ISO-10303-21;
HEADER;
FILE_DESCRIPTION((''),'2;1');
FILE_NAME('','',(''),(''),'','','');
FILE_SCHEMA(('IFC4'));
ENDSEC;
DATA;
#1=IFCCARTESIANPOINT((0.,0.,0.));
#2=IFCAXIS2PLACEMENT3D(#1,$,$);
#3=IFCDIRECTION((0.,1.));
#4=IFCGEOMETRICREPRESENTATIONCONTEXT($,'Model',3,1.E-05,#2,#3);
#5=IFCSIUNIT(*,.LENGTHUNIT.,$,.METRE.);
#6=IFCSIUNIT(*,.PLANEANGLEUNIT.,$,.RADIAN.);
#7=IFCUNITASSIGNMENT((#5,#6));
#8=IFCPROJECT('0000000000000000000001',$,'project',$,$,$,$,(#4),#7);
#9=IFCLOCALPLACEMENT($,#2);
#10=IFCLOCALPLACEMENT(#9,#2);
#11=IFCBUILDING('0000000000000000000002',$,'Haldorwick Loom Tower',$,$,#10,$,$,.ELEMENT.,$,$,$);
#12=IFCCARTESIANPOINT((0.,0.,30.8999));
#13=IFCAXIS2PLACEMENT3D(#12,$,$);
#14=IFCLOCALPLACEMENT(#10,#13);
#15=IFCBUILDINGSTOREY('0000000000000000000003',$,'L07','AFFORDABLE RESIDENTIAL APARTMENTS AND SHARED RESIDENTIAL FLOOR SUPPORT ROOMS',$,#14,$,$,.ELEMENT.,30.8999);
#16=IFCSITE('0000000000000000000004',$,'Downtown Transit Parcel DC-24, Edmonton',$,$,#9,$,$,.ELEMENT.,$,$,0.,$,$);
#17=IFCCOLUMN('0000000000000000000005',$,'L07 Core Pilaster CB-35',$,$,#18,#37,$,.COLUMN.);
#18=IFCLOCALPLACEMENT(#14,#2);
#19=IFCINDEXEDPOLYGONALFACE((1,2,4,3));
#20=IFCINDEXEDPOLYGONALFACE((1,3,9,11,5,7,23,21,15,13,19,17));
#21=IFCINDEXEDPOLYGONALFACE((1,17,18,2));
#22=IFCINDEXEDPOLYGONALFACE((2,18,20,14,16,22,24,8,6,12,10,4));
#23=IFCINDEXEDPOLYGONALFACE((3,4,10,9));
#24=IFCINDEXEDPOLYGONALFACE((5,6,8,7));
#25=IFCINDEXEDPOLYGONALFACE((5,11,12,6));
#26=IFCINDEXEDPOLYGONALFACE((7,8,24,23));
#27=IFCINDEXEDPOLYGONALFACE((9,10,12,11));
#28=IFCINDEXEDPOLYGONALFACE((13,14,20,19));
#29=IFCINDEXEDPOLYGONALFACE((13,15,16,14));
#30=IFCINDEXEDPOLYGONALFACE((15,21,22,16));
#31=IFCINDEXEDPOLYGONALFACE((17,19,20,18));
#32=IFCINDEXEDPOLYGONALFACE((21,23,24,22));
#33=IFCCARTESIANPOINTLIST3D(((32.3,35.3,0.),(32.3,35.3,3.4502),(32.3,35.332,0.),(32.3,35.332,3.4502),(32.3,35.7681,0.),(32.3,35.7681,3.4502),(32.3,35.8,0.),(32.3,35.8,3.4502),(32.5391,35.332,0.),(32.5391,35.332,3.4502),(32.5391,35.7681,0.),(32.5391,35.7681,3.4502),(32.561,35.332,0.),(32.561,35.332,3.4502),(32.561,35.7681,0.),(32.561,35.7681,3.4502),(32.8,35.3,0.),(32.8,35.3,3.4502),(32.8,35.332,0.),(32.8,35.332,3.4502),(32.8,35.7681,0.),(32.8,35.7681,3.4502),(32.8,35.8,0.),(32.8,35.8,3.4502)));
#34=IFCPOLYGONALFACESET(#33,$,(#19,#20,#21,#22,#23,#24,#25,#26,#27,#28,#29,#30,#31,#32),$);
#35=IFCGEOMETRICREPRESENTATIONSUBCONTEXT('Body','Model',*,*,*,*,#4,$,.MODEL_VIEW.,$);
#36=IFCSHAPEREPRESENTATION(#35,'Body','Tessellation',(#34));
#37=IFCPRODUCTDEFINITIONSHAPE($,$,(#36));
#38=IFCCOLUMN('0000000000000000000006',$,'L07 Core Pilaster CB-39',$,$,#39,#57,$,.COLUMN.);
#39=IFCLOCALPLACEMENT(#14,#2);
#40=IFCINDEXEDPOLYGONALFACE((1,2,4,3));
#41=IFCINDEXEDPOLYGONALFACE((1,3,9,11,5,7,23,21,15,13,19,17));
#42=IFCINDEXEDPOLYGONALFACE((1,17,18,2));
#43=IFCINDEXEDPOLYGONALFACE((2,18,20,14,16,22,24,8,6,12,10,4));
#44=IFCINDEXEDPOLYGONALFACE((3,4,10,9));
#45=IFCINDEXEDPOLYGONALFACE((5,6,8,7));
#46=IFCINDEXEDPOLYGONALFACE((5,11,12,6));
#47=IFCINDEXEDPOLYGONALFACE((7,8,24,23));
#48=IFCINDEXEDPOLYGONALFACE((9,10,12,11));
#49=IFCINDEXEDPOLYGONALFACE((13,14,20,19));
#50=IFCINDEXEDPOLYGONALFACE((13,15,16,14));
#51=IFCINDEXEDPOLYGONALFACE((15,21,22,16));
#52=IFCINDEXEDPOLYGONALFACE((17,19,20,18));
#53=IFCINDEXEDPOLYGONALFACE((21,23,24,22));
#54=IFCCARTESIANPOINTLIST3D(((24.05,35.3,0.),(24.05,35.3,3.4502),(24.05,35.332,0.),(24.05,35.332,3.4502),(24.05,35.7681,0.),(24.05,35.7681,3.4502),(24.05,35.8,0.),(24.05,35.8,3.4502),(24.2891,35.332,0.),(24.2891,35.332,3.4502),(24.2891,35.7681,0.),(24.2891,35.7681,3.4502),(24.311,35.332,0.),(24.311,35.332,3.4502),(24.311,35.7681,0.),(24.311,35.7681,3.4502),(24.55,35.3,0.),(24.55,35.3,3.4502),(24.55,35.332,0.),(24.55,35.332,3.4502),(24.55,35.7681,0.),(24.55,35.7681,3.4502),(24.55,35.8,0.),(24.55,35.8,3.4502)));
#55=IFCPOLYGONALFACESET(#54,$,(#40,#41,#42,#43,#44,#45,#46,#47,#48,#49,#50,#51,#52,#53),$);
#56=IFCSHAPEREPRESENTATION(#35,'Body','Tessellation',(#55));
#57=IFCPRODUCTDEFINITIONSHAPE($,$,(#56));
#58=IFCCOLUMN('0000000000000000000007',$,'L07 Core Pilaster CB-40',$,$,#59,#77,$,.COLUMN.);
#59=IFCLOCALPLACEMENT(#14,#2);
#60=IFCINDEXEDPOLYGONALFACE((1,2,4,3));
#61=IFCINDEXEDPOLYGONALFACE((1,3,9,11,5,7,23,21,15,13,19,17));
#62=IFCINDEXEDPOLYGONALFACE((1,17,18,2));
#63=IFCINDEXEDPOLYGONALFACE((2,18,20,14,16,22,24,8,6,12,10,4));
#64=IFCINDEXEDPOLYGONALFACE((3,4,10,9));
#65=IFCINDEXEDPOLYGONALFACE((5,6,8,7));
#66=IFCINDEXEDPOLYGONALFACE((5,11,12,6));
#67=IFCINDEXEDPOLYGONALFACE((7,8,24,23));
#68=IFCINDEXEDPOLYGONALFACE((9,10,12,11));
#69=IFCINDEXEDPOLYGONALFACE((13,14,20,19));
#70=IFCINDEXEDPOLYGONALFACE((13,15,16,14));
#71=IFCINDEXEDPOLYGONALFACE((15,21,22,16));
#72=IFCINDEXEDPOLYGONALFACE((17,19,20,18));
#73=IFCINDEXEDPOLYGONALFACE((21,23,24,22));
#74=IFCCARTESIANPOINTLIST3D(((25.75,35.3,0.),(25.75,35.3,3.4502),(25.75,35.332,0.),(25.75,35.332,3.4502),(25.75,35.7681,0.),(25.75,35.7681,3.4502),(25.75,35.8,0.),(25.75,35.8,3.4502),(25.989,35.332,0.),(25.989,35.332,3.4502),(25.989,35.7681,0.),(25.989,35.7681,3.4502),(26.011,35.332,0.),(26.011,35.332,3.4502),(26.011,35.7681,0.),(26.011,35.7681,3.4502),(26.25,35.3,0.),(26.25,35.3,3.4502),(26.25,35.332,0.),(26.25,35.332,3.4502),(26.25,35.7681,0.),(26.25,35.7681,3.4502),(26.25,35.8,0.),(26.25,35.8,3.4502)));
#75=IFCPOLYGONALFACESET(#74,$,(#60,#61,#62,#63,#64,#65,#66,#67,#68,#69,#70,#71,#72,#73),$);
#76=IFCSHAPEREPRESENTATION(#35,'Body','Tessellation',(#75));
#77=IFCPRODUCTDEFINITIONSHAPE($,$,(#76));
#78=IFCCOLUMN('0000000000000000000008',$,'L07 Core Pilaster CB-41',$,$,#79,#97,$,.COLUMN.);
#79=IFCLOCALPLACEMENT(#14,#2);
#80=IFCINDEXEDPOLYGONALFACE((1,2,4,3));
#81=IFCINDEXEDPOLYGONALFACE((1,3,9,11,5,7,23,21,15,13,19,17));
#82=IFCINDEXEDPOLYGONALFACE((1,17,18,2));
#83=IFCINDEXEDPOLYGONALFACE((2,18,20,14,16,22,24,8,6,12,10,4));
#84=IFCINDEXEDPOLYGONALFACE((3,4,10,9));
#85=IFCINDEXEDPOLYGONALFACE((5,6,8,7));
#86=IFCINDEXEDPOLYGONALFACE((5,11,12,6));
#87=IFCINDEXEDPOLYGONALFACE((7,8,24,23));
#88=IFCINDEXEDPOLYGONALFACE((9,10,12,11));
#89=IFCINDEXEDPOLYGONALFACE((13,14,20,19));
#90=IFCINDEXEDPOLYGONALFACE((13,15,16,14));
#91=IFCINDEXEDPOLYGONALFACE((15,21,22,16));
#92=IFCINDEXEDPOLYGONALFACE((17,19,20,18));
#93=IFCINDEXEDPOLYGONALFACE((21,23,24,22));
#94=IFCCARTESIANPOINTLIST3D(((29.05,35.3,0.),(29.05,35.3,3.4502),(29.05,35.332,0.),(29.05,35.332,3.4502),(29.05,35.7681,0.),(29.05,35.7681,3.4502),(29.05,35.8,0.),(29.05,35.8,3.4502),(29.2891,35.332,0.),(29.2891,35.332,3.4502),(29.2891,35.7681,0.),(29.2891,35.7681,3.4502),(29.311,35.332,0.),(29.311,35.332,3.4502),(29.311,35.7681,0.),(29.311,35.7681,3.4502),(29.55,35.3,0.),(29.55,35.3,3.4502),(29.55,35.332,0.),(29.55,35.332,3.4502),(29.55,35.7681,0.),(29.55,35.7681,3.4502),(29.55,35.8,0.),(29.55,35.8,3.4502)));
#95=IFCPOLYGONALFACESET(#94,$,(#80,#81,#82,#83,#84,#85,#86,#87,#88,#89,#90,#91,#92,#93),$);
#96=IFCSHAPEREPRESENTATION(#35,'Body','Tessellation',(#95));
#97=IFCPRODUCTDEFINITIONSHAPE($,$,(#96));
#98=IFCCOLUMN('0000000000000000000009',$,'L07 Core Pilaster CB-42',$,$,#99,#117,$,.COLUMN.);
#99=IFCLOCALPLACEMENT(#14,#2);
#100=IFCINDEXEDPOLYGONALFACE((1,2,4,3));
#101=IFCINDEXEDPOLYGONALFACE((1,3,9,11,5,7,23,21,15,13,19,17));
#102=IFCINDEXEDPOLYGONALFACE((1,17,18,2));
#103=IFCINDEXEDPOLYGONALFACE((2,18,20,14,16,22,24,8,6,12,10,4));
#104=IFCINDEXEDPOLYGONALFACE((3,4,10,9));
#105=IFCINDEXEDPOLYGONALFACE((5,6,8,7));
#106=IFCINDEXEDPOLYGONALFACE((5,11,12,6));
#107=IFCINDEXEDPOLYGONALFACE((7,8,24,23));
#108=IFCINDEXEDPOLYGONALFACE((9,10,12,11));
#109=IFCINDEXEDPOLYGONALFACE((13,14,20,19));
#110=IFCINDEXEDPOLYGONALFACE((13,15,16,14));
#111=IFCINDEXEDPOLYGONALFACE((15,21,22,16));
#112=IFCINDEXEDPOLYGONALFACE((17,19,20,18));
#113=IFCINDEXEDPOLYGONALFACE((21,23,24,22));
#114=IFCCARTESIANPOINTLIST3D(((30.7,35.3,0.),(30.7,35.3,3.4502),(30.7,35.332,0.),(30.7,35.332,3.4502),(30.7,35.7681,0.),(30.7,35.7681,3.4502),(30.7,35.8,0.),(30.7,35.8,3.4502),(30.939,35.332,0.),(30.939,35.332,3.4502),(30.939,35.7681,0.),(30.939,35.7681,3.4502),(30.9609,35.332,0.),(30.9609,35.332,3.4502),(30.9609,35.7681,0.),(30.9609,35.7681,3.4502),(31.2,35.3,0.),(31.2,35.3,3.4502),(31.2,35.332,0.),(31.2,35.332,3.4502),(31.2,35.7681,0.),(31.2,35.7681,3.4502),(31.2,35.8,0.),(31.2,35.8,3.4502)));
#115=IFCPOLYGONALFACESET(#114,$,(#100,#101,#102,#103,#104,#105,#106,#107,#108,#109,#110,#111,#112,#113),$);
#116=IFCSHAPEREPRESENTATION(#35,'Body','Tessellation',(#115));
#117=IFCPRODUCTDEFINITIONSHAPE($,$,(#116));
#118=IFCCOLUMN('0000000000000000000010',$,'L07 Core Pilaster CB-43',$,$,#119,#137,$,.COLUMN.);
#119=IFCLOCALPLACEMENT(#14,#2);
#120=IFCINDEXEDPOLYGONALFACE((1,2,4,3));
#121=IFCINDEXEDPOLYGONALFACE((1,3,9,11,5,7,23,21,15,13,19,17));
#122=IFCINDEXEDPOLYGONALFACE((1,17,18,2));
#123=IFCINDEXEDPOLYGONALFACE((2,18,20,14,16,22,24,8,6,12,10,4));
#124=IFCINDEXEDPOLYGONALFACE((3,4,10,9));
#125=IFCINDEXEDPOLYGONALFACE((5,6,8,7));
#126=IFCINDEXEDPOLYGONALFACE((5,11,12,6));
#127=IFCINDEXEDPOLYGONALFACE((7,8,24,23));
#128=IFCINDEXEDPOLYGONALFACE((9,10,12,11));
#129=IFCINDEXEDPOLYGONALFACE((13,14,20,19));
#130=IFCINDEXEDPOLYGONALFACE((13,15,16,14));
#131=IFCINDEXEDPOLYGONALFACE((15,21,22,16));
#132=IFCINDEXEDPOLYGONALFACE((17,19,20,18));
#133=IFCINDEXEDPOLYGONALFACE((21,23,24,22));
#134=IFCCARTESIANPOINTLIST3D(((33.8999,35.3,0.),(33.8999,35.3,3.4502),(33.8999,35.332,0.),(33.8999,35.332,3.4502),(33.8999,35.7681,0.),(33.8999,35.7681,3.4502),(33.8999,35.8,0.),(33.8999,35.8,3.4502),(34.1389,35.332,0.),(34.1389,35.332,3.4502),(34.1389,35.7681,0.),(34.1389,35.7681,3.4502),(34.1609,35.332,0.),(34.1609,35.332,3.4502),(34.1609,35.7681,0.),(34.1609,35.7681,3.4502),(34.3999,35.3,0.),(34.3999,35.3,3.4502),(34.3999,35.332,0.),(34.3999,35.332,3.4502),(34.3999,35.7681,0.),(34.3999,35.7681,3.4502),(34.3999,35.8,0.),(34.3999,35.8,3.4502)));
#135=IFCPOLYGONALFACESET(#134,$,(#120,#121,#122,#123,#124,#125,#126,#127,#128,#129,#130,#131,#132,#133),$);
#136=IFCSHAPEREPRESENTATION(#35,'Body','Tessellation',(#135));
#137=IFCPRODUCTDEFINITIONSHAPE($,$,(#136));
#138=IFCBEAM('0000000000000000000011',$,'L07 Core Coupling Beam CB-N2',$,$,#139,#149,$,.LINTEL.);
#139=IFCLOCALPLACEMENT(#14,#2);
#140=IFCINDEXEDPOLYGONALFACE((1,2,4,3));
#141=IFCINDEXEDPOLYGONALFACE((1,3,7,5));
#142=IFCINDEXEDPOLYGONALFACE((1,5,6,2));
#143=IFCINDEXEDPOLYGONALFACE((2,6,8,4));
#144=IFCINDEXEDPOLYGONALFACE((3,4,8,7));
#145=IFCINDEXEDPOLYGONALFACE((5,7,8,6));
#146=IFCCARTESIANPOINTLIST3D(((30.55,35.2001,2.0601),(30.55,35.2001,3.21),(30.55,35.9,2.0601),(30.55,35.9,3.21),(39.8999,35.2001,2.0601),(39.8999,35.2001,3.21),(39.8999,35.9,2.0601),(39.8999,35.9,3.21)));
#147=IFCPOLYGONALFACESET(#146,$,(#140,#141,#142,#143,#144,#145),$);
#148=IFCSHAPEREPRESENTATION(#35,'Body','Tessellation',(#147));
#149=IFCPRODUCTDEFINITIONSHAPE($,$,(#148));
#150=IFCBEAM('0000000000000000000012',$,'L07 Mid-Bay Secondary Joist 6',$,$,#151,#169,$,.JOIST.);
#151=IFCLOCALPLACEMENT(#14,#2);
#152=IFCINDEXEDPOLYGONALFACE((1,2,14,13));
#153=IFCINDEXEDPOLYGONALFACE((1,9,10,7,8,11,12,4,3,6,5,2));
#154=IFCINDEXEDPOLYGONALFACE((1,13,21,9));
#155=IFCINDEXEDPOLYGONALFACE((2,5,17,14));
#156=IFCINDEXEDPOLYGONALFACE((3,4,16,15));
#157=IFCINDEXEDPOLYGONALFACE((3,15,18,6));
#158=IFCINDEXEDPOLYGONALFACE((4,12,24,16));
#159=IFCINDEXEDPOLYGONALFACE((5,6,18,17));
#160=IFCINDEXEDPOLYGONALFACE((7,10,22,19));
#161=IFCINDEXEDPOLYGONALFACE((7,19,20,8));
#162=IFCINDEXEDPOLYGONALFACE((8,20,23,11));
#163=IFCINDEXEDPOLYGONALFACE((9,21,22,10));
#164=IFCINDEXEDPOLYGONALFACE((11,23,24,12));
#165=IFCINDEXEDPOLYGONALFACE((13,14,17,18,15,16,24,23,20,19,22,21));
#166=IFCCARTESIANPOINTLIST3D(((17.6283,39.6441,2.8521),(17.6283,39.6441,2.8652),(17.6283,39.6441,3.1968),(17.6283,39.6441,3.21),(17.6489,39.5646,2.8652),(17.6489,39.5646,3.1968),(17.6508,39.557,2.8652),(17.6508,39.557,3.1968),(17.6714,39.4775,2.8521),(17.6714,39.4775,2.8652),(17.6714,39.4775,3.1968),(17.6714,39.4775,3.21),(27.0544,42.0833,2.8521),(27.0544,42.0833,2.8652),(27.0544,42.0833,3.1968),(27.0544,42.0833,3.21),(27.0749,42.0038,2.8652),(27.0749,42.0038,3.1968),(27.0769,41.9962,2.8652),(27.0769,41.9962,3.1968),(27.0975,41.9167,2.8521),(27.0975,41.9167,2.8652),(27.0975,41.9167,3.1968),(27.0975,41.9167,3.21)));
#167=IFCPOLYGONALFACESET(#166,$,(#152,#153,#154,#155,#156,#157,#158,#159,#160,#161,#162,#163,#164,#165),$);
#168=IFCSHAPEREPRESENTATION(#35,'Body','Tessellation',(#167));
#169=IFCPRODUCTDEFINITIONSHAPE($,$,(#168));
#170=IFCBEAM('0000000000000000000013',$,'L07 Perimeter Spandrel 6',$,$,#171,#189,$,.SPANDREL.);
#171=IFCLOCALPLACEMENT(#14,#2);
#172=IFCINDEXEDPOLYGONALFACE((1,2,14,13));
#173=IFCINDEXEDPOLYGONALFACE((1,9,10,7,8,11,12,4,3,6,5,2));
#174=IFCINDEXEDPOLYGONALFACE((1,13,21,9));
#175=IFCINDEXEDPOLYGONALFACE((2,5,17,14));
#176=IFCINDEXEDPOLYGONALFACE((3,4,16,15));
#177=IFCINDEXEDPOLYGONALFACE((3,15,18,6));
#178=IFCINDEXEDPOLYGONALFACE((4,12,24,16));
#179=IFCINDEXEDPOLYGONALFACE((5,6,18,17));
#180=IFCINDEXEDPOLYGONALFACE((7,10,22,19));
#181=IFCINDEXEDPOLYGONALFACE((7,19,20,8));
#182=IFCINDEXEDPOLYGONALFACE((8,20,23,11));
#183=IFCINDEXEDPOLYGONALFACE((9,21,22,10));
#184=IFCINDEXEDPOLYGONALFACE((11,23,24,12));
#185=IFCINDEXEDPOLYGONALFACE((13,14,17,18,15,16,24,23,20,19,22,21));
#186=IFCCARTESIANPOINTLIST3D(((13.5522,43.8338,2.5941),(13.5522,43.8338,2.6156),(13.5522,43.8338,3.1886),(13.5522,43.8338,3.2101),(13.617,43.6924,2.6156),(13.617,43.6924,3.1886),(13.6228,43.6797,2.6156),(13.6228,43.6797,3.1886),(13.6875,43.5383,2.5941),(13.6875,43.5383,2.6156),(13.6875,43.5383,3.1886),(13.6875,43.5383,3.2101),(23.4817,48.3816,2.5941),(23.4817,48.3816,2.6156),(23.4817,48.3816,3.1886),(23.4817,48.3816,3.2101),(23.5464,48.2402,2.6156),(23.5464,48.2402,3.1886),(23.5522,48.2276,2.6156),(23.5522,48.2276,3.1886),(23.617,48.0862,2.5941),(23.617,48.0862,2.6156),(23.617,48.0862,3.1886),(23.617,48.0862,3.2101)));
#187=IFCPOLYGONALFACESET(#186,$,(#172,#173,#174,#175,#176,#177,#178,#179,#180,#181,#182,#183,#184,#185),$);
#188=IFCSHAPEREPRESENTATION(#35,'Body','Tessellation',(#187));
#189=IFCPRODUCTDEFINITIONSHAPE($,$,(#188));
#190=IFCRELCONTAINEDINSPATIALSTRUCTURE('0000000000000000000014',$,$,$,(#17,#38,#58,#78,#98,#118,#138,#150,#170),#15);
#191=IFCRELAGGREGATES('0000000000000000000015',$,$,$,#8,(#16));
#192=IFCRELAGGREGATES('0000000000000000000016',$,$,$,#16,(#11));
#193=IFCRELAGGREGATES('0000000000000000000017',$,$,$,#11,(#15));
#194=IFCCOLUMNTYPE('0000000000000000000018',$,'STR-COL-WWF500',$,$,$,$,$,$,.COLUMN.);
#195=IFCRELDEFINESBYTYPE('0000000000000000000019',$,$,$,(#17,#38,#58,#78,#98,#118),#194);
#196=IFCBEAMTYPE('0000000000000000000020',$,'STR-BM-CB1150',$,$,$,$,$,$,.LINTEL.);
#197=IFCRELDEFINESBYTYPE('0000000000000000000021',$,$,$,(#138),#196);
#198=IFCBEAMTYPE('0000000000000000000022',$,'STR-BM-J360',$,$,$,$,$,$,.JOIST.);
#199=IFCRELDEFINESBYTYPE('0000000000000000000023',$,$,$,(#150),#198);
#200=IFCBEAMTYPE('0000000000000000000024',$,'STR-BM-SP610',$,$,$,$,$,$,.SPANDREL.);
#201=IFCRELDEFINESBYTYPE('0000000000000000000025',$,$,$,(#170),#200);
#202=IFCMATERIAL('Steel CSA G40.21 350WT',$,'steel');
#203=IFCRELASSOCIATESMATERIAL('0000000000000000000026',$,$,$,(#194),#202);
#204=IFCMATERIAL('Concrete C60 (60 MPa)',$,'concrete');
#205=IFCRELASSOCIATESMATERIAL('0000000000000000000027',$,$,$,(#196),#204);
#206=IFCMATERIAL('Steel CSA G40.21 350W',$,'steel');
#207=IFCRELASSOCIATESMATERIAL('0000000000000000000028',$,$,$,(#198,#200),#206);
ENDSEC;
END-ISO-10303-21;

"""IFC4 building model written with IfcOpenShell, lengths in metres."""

from ifc_helpers import new_model, si_unit, direction, frame, origin, origin_2d, place, context, subcontext, project, spatial, rectangle, i_section, extrude, material, material_profile, profile_set, type_object, element, save


model = new_model("IFC4")

# Units and contexts
model_context = context("Model", 3, precision=1e-05, world=origin(), true_north=direction((0.0, 1.0)))
body_context = subcontext(model_context, "Body", "Model", "MODEL_VIEW")
ifc_project = project(units=[si_unit("LENGTHUNIT", "METRE"), si_unit("PLANEANGLEUNIT", "RADIAN")], contexts=[model_context])

# Site, building, storey
site_placement = place(None, origin())
site = spatial("IfcSite", under=ifc_project, at=site_placement, Name="Downtown Transit Parcel DC-24, Edmonton", CompositionType="ELEMENT", RefElevation=0.0)
building_placement = place(site_placement, origin())
building = spatial("IfcBuilding", under=site, at=building_placement, Name="Haldorwick Loom Tower", CompositionType="ELEMENT")
storey_placement = place(building_placement, frame((0.0, 0.0, 30.8999)))
storey = spatial("IfcBuildingStorey", under=building, at=storey_placement, Name="L07", Description="AFFORDABLE RESIDENTIAL APARTMENTS AND SHARED RESIDENTIAL FLOOR SUPPORT ROOMS", CompositionType="ELEMENT", Elevation=30.8999)

# Columns
ifc_material_1 = material(Name="Concrete C60 (60 MPa)", Category="concrete")
ifc_material_2 = material(Name="Steel CSA G40.21 350WT", Category="steel")
ifc_material_profile_1 = material_profile(ifc_material_2, i_section(OverallWidth=0.5, OverallDepth=0.5, WebThickness=0.022, FlangeThickness=0.032, at=origin_2d()), Name="WWF500X500", Category="steel")
ifc_profile_set_1 = profile_set([ifc_material_profile_1], Name="Steel CSA G40.21 350WT")
column_type_1 = type_object("IfcColumnType", Name="STR-COL-WWF500", PredefinedType="COLUMN", material=ifc_profile_set_1)
for number, where, z_axis, x_axis, name in (
    (1, (32.55, 35.55, 0.0), (0.0, 0.0, 1.0), (1.0, 0.0, 0.0), "L07 Core Pilaster CB-35"),
    (2, (24.3, 35.55, 0.0), (0.0, 0.0, 1.0), (1.0, 0.0, 0.0), "L07 Core Pilaster CB-39"),
    (3, (26.0, 35.55, 0.0), (0.0, 0.0, 1.0), (1.0, 0.0, 0.0), "L07 Core Pilaster CB-40"),
    (4, (29.3, 35.55, 0.0), (0.0, 0.0, 1.0), (1.0, 0.0, 0.0), "L07 Core Pilaster CB-41"),
    (5, (30.95, 35.55, 0.0), (0.0, 0.0, 1.0), (1.0, 0.0, 0.0), "L07 Core Pilaster CB-42"),
    (6, (34.1499, 35.55, 0.0), (0.0, 0.0, 1.0), (1.0, 0.0, 0.0), "L07 Core Pilaster CB-43"),
):
    element("IfcColumn", number, at=place(storey_placement, frame(where, z_axis=z_axis, x_axis=x_axis)), inside=storey, type_object=column_type_1, Name=name, PredefinedType="COLUMN", context=body_context, shape_type="SweptSolid", body=[
        extrude(i_section(OverallWidth=0.5, OverallDepth=0.5, WebThickness=0.022, FlangeThickness=0.032, at=origin_2d()), origin(), (0.0, 0.0, 1.0), 3.4502),
    ])

# Beams
ifc_material_profile_2 = material_profile(ifc_material_1, rectangle(XDim=0.7, YDim=1.1499, at=origin_2d()), Name="RC700X1150", Category="concrete")
ifc_profile_set_2 = profile_set([ifc_material_profile_2], Name="Concrete C60 (60 MPa)")
beam_type_1 = type_object("IfcBeamType", Name="STR-BM-CB1150", PredefinedType="LINTEL", material=ifc_profile_set_2)
beam_1_placement = place(storey_placement, frame((30.55, 35.55, 2.635), z_axis=(1.0, 0.0, 0.0), x_axis=(0.0, 1.0, 0.0)))
element("IfcBeam", 7, at=beam_1_placement, inside=storey, type_object=beam_type_1, Name="L07 Core Coupling Beam CB-N2", PredefinedType="LINTEL", context=body_context, shape_type="SweptSolid", body=[
    extrude(rectangle(XDim=0.7, YDim=1.1499, at=origin_2d()), origin(), (0.0, 0.0, 1.0), 9.3499),
])
ifc_material_3 = material(Name="Steel CSA G40.21 350W", Category="steel")
ifc_material_profile_3 = material_profile(ifc_material_3, i_section(OverallWidth=0.1721, OverallDepth=0.3579, WebThickness=0.0078, FlangeThickness=0.0132, at=origin_2d()), Name="W360X57", Category="steel")
ifc_profile_set_3 = profile_set([ifc_material_profile_3], Name="Steel CSA G40.21 350W")
beam_type_2 = type_object("IfcBeamType", Name="STR-BM-J360", PredefinedType="JOIST", material=ifc_profile_set_3)
beam_2_placement = place(storey_placement, frame((27.0759, 42.0, 3.031), z_axis=(-0.968111, -0.250522, 0.0), x_axis=(0.250522, -0.968111, 0.0)))
element("IfcBeam", 8, at=beam_2_placement, inside=storey, type_object=beam_type_2, Name="L07 Mid-Bay Secondary Joist 6", PredefinedType="JOIST", context=body_context, shape_type="SweptSolid", body=[
    extrude(i_section(OverallWidth=0.1721, OverallDepth=0.3579, WebThickness=0.0078, FlangeThickness=0.0132, at=origin_2d()), origin(), (0.0, 0.0, 1.0), 9.7366),
])
ifc_material_profile_4 = material_profile(ifc_material_3, i_section(OverallWidth=0.325, OverallDepth=0.616, WebThickness=0.0139, FlangeThickness=0.0215, at=origin_2d()), Name="W610X174", Category="steel")
ifc_profile_set_4 = profile_set([ifc_material_profile_4], Name="Steel CSA G40.21 350W")
beam_type_3 = type_object("IfcBeamType", Name="STR-BM-SP610", PredefinedType="SPANDREL", material=ifc_profile_set_4)
beam_3_placement = place(storey_placement, frame((23.5493, 48.2339, 2.9021), z_axis=(-0.909174, -0.416417, 0.0), x_axis=(0.416417, -0.909174, 0.0)))
element("IfcBeam", 9, at=beam_3_placement, inside=storey, type_object=beam_type_3, Name="L07 Perimeter Spandrel 6", PredefinedType="SPANDREL", context=body_context, shape_type="SweptSolid", body=[
    extrude(i_section(OverallWidth=0.325, OverallDepth=0.616, WebThickness=0.0139, FlangeThickness=0.0215, at=origin_2d()), origin(), (0.0, 0.0, 1.0), 10.9214),
])

save(model, "model.ifc")
